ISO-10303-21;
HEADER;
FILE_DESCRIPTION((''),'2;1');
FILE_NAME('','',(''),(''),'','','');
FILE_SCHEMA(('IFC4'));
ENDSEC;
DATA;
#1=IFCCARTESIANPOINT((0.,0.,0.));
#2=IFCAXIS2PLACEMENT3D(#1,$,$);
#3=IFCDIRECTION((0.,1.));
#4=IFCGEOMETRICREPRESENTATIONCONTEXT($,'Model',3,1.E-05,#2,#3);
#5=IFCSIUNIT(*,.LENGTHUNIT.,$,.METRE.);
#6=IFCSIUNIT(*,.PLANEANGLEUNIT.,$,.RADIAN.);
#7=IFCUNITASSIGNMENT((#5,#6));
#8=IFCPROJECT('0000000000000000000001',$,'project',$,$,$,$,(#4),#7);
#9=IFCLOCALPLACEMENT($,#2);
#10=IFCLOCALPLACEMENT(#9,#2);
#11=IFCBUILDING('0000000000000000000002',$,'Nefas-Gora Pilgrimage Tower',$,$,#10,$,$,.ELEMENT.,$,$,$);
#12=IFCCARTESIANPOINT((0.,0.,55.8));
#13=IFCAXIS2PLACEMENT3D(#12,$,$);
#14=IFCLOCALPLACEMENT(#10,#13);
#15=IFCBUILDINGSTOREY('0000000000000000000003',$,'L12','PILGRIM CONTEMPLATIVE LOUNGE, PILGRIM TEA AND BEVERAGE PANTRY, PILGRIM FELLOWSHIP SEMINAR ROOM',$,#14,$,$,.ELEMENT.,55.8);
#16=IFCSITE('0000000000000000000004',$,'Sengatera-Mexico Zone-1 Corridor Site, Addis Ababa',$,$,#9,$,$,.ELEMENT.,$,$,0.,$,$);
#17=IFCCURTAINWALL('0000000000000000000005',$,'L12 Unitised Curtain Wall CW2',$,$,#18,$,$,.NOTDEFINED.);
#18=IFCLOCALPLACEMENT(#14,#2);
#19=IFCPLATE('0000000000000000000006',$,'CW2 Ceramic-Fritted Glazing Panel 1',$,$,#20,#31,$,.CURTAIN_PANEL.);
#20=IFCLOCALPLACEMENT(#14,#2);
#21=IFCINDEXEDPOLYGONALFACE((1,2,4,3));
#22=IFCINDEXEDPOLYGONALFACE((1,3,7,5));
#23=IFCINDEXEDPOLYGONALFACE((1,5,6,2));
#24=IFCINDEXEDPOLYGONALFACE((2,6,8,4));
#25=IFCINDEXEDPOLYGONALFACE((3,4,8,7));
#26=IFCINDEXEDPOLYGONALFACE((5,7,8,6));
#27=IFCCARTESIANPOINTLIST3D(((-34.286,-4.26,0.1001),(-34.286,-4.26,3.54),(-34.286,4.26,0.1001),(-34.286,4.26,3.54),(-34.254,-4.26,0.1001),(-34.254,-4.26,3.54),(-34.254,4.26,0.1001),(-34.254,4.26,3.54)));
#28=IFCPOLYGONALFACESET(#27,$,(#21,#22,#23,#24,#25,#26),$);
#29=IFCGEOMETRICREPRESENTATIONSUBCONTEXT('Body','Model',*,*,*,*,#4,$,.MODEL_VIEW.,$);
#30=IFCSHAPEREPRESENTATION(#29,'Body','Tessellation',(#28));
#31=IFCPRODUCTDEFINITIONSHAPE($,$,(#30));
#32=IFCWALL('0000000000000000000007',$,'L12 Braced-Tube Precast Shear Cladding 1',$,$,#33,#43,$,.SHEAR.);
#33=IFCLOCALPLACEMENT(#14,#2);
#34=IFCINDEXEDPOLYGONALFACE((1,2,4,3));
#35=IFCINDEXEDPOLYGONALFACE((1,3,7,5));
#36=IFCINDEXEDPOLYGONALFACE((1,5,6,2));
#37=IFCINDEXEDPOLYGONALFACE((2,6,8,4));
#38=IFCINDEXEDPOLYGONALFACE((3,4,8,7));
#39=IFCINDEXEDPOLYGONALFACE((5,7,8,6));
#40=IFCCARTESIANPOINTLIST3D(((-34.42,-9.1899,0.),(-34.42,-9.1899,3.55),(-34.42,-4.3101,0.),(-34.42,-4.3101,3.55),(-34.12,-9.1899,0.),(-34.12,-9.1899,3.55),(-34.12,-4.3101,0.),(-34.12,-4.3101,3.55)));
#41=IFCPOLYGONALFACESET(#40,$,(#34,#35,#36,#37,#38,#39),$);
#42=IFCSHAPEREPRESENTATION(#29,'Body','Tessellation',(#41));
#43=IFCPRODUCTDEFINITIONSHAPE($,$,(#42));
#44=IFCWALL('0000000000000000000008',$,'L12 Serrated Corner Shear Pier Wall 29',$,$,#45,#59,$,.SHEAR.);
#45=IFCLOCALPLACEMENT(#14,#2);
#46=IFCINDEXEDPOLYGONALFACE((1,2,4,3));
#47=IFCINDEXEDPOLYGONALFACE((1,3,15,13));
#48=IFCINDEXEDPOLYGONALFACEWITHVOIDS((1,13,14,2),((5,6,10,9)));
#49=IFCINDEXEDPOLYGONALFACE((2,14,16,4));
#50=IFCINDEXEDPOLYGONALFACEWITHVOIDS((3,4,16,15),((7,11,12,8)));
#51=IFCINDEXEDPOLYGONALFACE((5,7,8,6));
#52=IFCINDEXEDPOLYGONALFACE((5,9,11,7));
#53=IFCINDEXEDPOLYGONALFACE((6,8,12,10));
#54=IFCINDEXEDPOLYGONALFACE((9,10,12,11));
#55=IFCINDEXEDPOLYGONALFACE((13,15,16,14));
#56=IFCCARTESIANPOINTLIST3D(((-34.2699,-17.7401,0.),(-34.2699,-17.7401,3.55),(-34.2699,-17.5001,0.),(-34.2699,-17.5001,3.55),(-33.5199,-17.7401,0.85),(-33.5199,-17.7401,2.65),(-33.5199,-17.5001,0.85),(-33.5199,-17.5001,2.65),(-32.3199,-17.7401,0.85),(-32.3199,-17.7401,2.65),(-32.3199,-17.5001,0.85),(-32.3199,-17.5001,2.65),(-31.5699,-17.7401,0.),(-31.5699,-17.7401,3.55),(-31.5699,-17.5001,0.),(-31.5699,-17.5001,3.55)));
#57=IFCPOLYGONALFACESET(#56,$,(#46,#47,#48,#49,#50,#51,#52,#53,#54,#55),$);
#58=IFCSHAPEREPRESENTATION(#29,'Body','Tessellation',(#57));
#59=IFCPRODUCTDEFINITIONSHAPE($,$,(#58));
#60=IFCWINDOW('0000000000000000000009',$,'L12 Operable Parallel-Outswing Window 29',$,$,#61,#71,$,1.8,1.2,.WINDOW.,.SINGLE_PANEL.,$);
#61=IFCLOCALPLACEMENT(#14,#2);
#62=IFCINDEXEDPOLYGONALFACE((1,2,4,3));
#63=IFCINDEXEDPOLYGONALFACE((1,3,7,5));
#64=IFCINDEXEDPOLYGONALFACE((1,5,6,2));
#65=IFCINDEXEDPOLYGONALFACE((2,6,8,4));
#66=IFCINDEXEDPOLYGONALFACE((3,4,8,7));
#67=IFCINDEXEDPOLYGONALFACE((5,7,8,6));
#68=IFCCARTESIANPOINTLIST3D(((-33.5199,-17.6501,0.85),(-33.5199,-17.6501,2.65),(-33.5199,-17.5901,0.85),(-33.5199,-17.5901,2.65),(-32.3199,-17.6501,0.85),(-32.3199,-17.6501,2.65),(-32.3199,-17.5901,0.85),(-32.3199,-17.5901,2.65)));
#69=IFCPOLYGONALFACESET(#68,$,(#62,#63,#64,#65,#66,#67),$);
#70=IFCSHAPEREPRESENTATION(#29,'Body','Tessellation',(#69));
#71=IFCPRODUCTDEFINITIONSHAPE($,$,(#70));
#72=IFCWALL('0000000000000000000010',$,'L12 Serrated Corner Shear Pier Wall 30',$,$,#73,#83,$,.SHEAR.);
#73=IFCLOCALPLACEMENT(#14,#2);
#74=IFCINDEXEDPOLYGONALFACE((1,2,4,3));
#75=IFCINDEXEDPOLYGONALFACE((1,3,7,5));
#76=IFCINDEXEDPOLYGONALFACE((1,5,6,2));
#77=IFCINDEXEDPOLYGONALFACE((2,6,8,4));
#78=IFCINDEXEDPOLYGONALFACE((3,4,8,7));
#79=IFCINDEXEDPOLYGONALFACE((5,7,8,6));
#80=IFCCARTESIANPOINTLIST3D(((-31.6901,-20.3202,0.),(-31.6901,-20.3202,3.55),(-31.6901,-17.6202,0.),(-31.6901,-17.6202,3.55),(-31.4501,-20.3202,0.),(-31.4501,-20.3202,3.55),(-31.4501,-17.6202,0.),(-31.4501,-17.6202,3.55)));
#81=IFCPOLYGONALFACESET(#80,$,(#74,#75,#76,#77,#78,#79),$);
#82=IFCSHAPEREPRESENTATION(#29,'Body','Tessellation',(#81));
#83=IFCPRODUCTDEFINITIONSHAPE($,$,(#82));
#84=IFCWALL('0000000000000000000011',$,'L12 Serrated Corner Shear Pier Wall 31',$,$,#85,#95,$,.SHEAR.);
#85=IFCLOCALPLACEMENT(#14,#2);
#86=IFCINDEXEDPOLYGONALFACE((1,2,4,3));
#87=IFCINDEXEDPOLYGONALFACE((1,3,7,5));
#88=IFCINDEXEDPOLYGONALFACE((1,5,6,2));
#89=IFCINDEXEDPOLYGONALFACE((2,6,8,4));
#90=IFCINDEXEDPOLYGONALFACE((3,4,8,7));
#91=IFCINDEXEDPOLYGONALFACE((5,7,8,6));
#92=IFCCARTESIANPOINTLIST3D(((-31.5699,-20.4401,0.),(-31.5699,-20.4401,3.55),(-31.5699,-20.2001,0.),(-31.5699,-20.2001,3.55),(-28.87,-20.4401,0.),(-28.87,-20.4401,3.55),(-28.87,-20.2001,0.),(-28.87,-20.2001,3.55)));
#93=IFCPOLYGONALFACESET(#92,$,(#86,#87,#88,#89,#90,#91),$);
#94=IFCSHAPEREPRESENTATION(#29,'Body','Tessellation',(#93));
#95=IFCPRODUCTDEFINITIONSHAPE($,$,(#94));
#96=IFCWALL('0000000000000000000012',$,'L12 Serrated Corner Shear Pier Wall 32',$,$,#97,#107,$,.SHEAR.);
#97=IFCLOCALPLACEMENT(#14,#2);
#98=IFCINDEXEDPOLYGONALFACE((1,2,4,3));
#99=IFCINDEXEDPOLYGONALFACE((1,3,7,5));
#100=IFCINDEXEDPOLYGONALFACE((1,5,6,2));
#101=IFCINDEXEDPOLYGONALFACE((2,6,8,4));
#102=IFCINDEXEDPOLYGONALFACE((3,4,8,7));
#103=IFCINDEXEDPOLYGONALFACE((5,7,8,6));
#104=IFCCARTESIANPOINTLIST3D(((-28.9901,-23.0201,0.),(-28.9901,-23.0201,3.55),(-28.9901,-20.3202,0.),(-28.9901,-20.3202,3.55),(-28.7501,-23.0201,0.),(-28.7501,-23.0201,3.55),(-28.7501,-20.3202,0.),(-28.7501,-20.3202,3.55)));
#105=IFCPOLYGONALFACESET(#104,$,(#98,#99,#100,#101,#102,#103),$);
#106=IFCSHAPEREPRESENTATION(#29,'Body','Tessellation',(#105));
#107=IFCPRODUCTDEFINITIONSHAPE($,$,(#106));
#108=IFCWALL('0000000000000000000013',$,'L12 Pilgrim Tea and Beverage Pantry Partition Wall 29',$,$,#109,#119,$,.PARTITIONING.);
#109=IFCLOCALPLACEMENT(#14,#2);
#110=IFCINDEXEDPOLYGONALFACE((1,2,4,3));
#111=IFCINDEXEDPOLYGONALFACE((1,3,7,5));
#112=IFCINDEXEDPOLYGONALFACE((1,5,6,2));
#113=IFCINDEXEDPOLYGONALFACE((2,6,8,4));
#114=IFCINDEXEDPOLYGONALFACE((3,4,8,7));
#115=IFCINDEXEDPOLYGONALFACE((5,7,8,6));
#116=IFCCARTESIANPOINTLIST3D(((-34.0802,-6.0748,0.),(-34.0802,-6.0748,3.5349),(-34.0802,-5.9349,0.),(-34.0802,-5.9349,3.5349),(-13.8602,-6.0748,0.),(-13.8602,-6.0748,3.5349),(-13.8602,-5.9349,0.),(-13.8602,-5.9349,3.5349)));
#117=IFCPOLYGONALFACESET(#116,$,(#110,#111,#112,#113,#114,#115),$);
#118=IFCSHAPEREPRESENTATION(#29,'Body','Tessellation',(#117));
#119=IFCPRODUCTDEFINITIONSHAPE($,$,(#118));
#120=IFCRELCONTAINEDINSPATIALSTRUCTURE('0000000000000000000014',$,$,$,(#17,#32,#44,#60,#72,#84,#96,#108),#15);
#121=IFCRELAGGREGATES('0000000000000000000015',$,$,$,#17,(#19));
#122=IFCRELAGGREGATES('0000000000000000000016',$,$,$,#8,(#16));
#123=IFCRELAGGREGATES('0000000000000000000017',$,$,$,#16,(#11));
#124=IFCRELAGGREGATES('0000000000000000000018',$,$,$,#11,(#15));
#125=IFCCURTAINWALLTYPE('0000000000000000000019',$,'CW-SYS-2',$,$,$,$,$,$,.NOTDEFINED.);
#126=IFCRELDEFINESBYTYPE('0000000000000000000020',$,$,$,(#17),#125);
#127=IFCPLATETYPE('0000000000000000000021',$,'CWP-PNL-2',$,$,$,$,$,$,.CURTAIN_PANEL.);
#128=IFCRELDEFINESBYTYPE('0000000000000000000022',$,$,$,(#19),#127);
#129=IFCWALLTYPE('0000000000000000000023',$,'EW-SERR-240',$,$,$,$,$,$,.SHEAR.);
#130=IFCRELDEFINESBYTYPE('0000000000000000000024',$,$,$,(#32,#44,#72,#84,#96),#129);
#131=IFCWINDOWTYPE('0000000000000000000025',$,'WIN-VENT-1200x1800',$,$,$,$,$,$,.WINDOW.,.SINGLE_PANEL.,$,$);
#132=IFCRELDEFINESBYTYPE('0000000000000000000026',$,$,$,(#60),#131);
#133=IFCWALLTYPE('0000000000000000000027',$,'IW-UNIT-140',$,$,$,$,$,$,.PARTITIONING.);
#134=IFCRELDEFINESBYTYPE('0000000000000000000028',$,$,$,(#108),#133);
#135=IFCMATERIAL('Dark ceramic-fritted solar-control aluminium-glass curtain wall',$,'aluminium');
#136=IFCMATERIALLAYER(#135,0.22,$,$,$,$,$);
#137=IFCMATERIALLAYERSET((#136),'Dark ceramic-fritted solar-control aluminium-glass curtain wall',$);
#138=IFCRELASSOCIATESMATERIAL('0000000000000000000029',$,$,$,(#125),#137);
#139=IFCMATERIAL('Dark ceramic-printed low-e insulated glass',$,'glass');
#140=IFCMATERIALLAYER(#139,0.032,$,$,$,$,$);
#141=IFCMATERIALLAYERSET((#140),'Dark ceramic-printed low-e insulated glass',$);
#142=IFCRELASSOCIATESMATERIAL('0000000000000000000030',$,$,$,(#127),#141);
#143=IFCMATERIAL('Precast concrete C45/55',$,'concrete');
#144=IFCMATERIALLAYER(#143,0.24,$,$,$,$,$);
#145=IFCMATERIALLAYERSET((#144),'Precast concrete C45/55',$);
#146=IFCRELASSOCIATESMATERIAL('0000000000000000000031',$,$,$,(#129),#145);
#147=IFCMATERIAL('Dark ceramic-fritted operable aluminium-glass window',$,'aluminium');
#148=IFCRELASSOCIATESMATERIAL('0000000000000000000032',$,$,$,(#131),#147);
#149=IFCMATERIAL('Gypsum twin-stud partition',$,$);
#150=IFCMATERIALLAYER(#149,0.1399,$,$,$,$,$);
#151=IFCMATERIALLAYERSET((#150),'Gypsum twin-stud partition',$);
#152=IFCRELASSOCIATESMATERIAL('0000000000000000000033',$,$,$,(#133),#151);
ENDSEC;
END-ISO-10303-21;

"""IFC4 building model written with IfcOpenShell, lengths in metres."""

from ifc_helpers import new_model, si_unit, direction, frame, frame_2d, origin, origin_2d, place, context, subcontext, project, spatial, rectangle, extrude, source, transform, mapped, material, layer, layer_set, type_object, element, fill, aggregate, save


model = new_model("IFC4")

# Units and contexts
model_context = context("Model", 3, precision=1e-05, world=origin(), true_north=direction((0.0, 1.0)))
body_context = subcontext(model_context, "Body", "Model", "MODEL_VIEW")
ifc_project = project(units=[si_unit("LENGTHUNIT", "METRE"), si_unit("PLANEANGLEUNIT", "RADIAN")], contexts=[model_context])

# Site, building, storey
site_placement = place(None, origin())
site = spatial("IfcSite", under=ifc_project, at=site_placement, Name="Sengatera-Mexico Zone-1 Corridor Site, Addis Ababa", CompositionType="ELEMENT", RefElevation=0.0)
building_placement = place(site_placement, origin())
building = spatial("IfcBuilding", under=site, at=building_placement, Name="Nefas-Gora Pilgrimage Tower", CompositionType="ELEMENT")
storey_placement = place(building_placement, frame((0.0, 0.0, 55.8)))
storey = spatial("IfcBuildingStorey", under=building, at=storey_placement, Name="L12", Description="PILGRIM CONTEMPLATIVE LOUNGE, PILGRIM TEA AND BEVERAGE PANTRY, PILGRIM FELLOWSHIP SEMINAR ROOM", CompositionType="ELEMENT", Elevation=55.8)

# Curtain wall
ifc_material_1 = material(Name="Dark ceramic-fritted solar-control aluminium-glass curtain wall", Category="aluminium")
ifc_layer_1 = layer(ifc_material_1, 0.22)
ifc_layer_set_1 = layer_set([ifc_layer_1], Name="Dark ceramic-fritted solar-control aluminium-glass curtain wall")
curtain_wall_type = type_object("IfcCurtainWallType", Name="CW-SYS-2", PredefinedType="NOTDEFINED", material=ifc_layer_set_1)
curtain_wall_1_placement = place(storey_placement, origin())
curtain_wall_1 = element("IfcCurtainWall", 1, at=curtain_wall_1_placement, inside=storey, type_object=curtain_wall_type, Name="L12 Unitised Curtain Wall CW2", PredefinedType="NOTDEFINED")

# Plate
ifc_material_2 = material(Name="Dark ceramic-printed low-e insulated glass", Category="glass")
ifc_layer_2 = layer(ifc_material_2, 0.032)
ifc_layer_set_2 = layer_set([ifc_layer_2], Name="Dark ceramic-printed low-e insulated glass")
plate_type_1 = type_object("IfcPlateType", Name="CWP-PNL-2", PredefinedType="CURTAIN_PANEL", material=ifc_layer_set_2)
shared_shape_1 = source(origin(), body_context, "Body", "SweptSolid", [
    extrude(rectangle(XDim=8.52, YDim=0.032, at=origin_2d()), origin(), (0.0, 0.0, 1.0), 3.4399),
])
plate_1_placement = place(storey_placement, frame((-34.27, 0.0, 0.1001), z_axis=(0.0, 0.0, 1.0), x_axis=(0.0, -1.0, 0.0)))
plate_1 = element("IfcPlate", 2, at=plate_1_placement, type_object=plate_type_1, Name="CW2 Ceramic-Fritted Glazing Panel 1", PredefinedType="CURTAIN_PANEL", context=body_context, shape_type="MappedRepresentation", body=[
    mapped(shared_shape_1, transform((0.0, 0.0, 0.0), x_axis=(1.0, 0.0, 0.0), y_axis=(0.0, 1.0, 0.0), z_axis=(0.0, 0.0, 1.0), scale=1.0)),
])
aggregate(curtain_wall_1, [plate_1])

# Wall
ifc_material_3 = material(Name="Precast concrete C45/55", Category="concrete")
ifc_layer_3 = layer(ifc_material_3, 0.24)
ifc_layer_set_3 = layer_set([ifc_layer_3], Name="Precast concrete C45/55")
wall_type_1 = type_object("IfcWallType", Name="EW-SERR-240", PredefinedType="SHEAR", material=ifc_layer_set_3)
shared_shape_2 = source(origin(), body_context, "Body", "SweptSolid", [
    extrude(rectangle(XDim=4.8799, YDim=0.3, at=frame_2d((2.4399, 0.0))), origin(), (0.0, 0.0, 1.0), 3.55),
])
wall_1_placement = place(storey_placement, frame((-34.27, -9.1899, 0.0), z_axis=(0.0, 0.0, 1.0), x_axis=(0.0, 1.0, 0.0)))
element("IfcWall", 3, at=wall_1_placement, inside=storey, type_object=wall_type_1, Name="L12 Braced-Tube Precast Shear Cladding 1", PredefinedType="SHEAR", context=body_context, shape_type="MappedRepresentation", body=[
    mapped(shared_shape_2, transform((0.0, 0.0, 0.0), x_axis=(1.0, 0.0, 0.0), y_axis=(0.0, 1.0, 0.0), z_axis=(0.0, 0.0, 1.0), scale=1.0)),
])

# Wall, opening, window
shared_shape_3 = source(origin(), body_context, "Body", "SweptSolid", [
    extrude(rectangle(XDim=2.7, YDim=0.24, at=frame_2d((1.3501, 0.0))), origin(), (0.0, 0.0, 1.0), 3.55),
])
wall_2_placement = place(storey_placement, frame((-34.27, -17.6201, 0.0), z_axis=(0.0, 0.0, 1.0), x_axis=(1.0, 0.0, 0.0)))
wall_2 = element("IfcWall", 4, at=wall_2_placement, inside=storey, type_object=wall_type_1, Name="L12 Serrated Corner Shear Pier Wall 29", PredefinedType="SHEAR", context=body_context, shape_type="MappedRepresentation", body=[
    mapped(shared_shape_3, transform((0.0, 0.0, 0.0), x_axis=(1.0, 0.0, 0.0), y_axis=(0.0, 1.0, 0.0), z_axis=(0.0, 0.0, 1.0), scale=1.0)),
])
opening_placement = place(wall_2_placement, frame((0.75, 0.0, 0.8501)))
opening = element("IfcOpeningElement", 5, at=opening_placement, cuts=wall_2, PredefinedType="OPENING", context=body_context, shape_type="SweptSolid", body=[
    extrude(rectangle(XDim=1.2, YDim=1.8, at=frame_2d((0.6001, 0.8999))), frame((0.0, 0.1299, 0.0), z_axis=(0.0, -1.0, 0.0), x_axis=(1.0, 0.0, 0.0)), (0.0, 0.0, 1.0), 0.26),
])
ifc_material_4 = material(Name="Dark ceramic-fritted operable aluminium-glass window", Category="aluminium")
window_type = type_object("IfcWindowType", Name="WIN-VENT-1200x1800", PartitioningType="SINGLE_PANEL", PredefinedType="WINDOW", material=ifc_material_4)
shared_shape_4 = source(origin(), body_context, "Body", "SweptSolid", [
    extrude(rectangle(XDim=1.2, YDim=1.8, at=frame_2d((0.6001, 0.8999))), frame((0.0, 0.03, 0.0), z_axis=(0.0, -1.0, 0.0), x_axis=(1.0, 0.0, 0.0)), (0.0, 0.0, 1.0), 0.0601),
])
window_placement = place(opening_placement, origin())
window = element("IfcWindow", 6, at=window_placement, inside=storey, type_object=window_type, Name="L12 Operable Parallel-Outswing Window 29", OverallHeight=1.8, OverallWidth=1.2, PartitioningType="SINGLE_PANEL", PredefinedType="WINDOW", context=body_context, shape_type="MappedRepresentation", body=[
    mapped(shared_shape_4, transform((0.0, 0.0, 0.0), x_axis=(1.0, 0.0, 0.0), y_axis=(0.0, 1.0, 0.0), z_axis=(0.0, 0.0, 1.0), scale=1.0)),
])
fill(opening, window)

# Walls
for number, where, z_axis, x_axis, name in (
    (7, (-31.5701, -17.6201, 0.0), (0.0, 0.0, 1.0), (0.0, -1.0, 0.0), "L12 Serrated Corner Shear Pier Wall 30"),
    (8, (-31.5701, -20.3201, 0.0), (0.0, 0.0, 1.0), (1.0, 0.0, 0.0), "L12 Serrated Corner Shear Pier Wall 31"),
    (9, (-28.8701, -20.3201, 0.0), (0.0, 0.0, 1.0), (0.0, -1.0, 0.0), "L12 Serrated Corner Shear Pier Wall 32"),
):
    element("IfcWall", number, at=place(storey_placement, frame(where, z_axis=z_axis, x_axis=x_axis)), inside=storey, type_object=wall_type_1, Name=name, PredefinedType="SHEAR", context=body_context, shape_type="MappedRepresentation", body=[
        mapped(shared_shape_3, transform((0.0, 0.0, 0.0), x_axis=(1.0, 0.0, 0.0), y_axis=(0.0, 1.0, 0.0), z_axis=(0.0, 0.0, 1.0), scale=1.0)),
    ])
ifc_material_5 = material(Name="Gypsum twin-stud partition")
ifc_layer_4 = layer(ifc_material_5, 0.1399)
ifc_layer_set_4 = layer_set([ifc_layer_4], Name="Gypsum twin-stud partition")
wall_type_2 = type_object("IfcWallType", Name="IW-UNIT-140", PredefinedType="PARTITIONING", material=ifc_layer_set_4)
shared_shape_5 = source(origin(), body_context, "Body", "SweptSolid", [
    extrude(rectangle(XDim=20.22, YDim=0.1399, at=frame_2d((10.1099, 0.0))), origin(), (0.0, 0.0, 1.0), 3.5349),
])
wall_3_placement = place(storey_placement, frame((-34.0801, -6.0049, 0.0), z_axis=(0.0, 0.0, 1.0), x_axis=(1.0, 0.0, 0.0)))
element("IfcWall", 10, at=wall_3_placement, inside=storey, type_object=wall_type_2, Name="L12 Pilgrim Tea and Beverage Pantry Partition Wall 29", PredefinedType="PARTITIONING", context=body_context, shape_type="MappedRepresentation", body=[
    mapped(shared_shape_5, transform((0.0, 0.0, 0.0), x_axis=(1.0, 0.0, 0.0), y_axis=(0.0, 1.0, 0.0), z_axis=(0.0, 0.0, 1.0), scale=1.0)),
])

save(model, "model.ifc")
